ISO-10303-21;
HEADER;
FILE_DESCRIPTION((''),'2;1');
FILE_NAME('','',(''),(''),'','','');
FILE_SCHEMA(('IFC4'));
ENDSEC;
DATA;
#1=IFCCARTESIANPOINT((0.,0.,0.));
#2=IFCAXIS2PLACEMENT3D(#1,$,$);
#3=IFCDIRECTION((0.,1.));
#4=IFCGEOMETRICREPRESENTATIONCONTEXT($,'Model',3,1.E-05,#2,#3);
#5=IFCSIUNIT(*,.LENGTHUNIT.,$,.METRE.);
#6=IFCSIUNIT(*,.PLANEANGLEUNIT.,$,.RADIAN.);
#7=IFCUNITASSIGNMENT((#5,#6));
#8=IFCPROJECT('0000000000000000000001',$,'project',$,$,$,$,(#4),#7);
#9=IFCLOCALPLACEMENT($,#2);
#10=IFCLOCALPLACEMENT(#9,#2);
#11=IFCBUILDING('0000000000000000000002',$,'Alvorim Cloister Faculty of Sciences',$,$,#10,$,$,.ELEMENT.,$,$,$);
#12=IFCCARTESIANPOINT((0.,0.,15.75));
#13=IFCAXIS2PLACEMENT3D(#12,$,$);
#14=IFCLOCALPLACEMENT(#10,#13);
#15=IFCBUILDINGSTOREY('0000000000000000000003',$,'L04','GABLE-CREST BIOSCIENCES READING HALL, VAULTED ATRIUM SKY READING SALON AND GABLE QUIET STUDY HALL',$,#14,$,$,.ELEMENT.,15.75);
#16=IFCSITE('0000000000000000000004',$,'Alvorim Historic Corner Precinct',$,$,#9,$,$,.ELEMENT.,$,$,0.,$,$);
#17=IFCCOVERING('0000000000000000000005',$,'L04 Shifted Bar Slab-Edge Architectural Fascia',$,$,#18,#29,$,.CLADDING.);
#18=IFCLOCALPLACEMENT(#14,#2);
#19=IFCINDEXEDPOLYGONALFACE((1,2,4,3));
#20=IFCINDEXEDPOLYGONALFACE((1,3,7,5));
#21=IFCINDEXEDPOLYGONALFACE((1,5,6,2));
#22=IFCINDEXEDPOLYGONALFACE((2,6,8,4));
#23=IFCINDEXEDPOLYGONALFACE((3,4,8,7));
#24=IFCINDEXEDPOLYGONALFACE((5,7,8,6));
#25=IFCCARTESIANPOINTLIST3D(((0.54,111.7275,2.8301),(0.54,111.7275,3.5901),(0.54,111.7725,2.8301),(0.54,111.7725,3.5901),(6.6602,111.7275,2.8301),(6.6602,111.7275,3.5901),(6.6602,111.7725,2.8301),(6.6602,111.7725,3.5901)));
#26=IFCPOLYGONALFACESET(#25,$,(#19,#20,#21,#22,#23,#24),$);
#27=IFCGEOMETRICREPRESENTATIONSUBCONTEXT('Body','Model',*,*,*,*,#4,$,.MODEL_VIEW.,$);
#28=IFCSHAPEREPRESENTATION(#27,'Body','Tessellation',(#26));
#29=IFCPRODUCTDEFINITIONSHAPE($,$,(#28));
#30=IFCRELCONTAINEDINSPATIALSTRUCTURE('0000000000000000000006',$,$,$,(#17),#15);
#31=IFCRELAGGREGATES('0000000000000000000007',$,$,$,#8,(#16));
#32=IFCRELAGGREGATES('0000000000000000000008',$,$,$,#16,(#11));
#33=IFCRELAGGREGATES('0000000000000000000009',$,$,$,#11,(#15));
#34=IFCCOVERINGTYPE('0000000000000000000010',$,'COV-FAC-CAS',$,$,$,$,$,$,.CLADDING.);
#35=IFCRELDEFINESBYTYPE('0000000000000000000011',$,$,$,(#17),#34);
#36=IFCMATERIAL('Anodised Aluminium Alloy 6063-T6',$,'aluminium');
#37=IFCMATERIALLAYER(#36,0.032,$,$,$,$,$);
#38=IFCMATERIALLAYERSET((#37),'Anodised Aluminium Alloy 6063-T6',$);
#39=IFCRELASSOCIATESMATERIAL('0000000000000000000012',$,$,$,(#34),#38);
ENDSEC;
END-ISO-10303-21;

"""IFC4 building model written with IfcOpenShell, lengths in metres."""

from ifc_helpers import new_model, si_unit, direction, frame, origin, place, context, subcontext, project, spatial, polyline, outline, extrude, material, layer, layer_set, type_object, element, save


model = new_model("IFC4")

# Units and contexts
model_context = context("Model", 3, precision=1e-05, world=origin(), true_north=direction((0.0, 1.0)))
body_context = subcontext(model_context, "Body", "Model", "MODEL_VIEW")
ifc_project = project(units=[si_unit("LENGTHUNIT", "METRE"), si_unit("PLANEANGLEUNIT", "RADIAN")], contexts=[model_context])

# Site, building, storey
site_placement = place(None, origin())
site = spatial("IfcSite", under=ifc_project, at=site_placement, Name="Alvorim Historic Corner Precinct", CompositionType="ELEMENT", RefElevation=0.0)
building_placement = place(site_placement, origin())
building = spatial("IfcBuilding", under=site, at=building_placement, Name="Alvorim Cloister Faculty of Sciences", CompositionType="ELEMENT")
storey_placement = place(building_placement, frame((0.0, 0.0, 15.75)))
storey = spatial("IfcBuildingStorey", under=building, at=storey_placement, Name="L04", Description="GABLE-CREST BIOSCIENCES READING HALL, VAULTED ATRIUM SKY READING SALON AND GABLE QUIET STUDY HALL", CompositionType="ELEMENT", Elevation=15.75)

# Covering
ifc_material_1 = material(Name="Anodised Aluminium Alloy 6063-T6", Category="aluminium")
ifc_layer_1 = layer(ifc_material_1, 0.032)
ifc_layer_set_1 = layer_set([ifc_layer_1], Name="Anodised Aluminium Alloy 6063-T6")
covering_type = type_object("IfcCoveringType", Name="COV-FAC-CAS", PredefinedType="CLADDING", material=ifc_layer_set_1)
covering_placement = place(storey_placement, frame((0.54, 111.75, 2.8301), z_axis=(0.0, 0.0, 1.0), x_axis=(1.0, 0.0, 0.0)))
element("IfcCovering", 1, at=covering_placement, inside=storey, type_object=covering_type, Name="L04 Shifted Bar Slab-Edge Architectural Fascia", PredefinedType="CLADDING", context=body_context, shape_type="SweptSolid", body=[
    extrude(outline(polyline([(0.0, 0.0), (6.1201, 0.0), (6.1201, 0.76), (0.0, 0.76), (0.0, 0.0)])), frame((0.0, 0.0225, 0.0), z_axis=(0.0, -1.0, 0.0), x_axis=(1.0, 0.0, 0.0)), (0.0, 0.0, 1.0), 0.0449),
])

save(model, "model.ifc")
